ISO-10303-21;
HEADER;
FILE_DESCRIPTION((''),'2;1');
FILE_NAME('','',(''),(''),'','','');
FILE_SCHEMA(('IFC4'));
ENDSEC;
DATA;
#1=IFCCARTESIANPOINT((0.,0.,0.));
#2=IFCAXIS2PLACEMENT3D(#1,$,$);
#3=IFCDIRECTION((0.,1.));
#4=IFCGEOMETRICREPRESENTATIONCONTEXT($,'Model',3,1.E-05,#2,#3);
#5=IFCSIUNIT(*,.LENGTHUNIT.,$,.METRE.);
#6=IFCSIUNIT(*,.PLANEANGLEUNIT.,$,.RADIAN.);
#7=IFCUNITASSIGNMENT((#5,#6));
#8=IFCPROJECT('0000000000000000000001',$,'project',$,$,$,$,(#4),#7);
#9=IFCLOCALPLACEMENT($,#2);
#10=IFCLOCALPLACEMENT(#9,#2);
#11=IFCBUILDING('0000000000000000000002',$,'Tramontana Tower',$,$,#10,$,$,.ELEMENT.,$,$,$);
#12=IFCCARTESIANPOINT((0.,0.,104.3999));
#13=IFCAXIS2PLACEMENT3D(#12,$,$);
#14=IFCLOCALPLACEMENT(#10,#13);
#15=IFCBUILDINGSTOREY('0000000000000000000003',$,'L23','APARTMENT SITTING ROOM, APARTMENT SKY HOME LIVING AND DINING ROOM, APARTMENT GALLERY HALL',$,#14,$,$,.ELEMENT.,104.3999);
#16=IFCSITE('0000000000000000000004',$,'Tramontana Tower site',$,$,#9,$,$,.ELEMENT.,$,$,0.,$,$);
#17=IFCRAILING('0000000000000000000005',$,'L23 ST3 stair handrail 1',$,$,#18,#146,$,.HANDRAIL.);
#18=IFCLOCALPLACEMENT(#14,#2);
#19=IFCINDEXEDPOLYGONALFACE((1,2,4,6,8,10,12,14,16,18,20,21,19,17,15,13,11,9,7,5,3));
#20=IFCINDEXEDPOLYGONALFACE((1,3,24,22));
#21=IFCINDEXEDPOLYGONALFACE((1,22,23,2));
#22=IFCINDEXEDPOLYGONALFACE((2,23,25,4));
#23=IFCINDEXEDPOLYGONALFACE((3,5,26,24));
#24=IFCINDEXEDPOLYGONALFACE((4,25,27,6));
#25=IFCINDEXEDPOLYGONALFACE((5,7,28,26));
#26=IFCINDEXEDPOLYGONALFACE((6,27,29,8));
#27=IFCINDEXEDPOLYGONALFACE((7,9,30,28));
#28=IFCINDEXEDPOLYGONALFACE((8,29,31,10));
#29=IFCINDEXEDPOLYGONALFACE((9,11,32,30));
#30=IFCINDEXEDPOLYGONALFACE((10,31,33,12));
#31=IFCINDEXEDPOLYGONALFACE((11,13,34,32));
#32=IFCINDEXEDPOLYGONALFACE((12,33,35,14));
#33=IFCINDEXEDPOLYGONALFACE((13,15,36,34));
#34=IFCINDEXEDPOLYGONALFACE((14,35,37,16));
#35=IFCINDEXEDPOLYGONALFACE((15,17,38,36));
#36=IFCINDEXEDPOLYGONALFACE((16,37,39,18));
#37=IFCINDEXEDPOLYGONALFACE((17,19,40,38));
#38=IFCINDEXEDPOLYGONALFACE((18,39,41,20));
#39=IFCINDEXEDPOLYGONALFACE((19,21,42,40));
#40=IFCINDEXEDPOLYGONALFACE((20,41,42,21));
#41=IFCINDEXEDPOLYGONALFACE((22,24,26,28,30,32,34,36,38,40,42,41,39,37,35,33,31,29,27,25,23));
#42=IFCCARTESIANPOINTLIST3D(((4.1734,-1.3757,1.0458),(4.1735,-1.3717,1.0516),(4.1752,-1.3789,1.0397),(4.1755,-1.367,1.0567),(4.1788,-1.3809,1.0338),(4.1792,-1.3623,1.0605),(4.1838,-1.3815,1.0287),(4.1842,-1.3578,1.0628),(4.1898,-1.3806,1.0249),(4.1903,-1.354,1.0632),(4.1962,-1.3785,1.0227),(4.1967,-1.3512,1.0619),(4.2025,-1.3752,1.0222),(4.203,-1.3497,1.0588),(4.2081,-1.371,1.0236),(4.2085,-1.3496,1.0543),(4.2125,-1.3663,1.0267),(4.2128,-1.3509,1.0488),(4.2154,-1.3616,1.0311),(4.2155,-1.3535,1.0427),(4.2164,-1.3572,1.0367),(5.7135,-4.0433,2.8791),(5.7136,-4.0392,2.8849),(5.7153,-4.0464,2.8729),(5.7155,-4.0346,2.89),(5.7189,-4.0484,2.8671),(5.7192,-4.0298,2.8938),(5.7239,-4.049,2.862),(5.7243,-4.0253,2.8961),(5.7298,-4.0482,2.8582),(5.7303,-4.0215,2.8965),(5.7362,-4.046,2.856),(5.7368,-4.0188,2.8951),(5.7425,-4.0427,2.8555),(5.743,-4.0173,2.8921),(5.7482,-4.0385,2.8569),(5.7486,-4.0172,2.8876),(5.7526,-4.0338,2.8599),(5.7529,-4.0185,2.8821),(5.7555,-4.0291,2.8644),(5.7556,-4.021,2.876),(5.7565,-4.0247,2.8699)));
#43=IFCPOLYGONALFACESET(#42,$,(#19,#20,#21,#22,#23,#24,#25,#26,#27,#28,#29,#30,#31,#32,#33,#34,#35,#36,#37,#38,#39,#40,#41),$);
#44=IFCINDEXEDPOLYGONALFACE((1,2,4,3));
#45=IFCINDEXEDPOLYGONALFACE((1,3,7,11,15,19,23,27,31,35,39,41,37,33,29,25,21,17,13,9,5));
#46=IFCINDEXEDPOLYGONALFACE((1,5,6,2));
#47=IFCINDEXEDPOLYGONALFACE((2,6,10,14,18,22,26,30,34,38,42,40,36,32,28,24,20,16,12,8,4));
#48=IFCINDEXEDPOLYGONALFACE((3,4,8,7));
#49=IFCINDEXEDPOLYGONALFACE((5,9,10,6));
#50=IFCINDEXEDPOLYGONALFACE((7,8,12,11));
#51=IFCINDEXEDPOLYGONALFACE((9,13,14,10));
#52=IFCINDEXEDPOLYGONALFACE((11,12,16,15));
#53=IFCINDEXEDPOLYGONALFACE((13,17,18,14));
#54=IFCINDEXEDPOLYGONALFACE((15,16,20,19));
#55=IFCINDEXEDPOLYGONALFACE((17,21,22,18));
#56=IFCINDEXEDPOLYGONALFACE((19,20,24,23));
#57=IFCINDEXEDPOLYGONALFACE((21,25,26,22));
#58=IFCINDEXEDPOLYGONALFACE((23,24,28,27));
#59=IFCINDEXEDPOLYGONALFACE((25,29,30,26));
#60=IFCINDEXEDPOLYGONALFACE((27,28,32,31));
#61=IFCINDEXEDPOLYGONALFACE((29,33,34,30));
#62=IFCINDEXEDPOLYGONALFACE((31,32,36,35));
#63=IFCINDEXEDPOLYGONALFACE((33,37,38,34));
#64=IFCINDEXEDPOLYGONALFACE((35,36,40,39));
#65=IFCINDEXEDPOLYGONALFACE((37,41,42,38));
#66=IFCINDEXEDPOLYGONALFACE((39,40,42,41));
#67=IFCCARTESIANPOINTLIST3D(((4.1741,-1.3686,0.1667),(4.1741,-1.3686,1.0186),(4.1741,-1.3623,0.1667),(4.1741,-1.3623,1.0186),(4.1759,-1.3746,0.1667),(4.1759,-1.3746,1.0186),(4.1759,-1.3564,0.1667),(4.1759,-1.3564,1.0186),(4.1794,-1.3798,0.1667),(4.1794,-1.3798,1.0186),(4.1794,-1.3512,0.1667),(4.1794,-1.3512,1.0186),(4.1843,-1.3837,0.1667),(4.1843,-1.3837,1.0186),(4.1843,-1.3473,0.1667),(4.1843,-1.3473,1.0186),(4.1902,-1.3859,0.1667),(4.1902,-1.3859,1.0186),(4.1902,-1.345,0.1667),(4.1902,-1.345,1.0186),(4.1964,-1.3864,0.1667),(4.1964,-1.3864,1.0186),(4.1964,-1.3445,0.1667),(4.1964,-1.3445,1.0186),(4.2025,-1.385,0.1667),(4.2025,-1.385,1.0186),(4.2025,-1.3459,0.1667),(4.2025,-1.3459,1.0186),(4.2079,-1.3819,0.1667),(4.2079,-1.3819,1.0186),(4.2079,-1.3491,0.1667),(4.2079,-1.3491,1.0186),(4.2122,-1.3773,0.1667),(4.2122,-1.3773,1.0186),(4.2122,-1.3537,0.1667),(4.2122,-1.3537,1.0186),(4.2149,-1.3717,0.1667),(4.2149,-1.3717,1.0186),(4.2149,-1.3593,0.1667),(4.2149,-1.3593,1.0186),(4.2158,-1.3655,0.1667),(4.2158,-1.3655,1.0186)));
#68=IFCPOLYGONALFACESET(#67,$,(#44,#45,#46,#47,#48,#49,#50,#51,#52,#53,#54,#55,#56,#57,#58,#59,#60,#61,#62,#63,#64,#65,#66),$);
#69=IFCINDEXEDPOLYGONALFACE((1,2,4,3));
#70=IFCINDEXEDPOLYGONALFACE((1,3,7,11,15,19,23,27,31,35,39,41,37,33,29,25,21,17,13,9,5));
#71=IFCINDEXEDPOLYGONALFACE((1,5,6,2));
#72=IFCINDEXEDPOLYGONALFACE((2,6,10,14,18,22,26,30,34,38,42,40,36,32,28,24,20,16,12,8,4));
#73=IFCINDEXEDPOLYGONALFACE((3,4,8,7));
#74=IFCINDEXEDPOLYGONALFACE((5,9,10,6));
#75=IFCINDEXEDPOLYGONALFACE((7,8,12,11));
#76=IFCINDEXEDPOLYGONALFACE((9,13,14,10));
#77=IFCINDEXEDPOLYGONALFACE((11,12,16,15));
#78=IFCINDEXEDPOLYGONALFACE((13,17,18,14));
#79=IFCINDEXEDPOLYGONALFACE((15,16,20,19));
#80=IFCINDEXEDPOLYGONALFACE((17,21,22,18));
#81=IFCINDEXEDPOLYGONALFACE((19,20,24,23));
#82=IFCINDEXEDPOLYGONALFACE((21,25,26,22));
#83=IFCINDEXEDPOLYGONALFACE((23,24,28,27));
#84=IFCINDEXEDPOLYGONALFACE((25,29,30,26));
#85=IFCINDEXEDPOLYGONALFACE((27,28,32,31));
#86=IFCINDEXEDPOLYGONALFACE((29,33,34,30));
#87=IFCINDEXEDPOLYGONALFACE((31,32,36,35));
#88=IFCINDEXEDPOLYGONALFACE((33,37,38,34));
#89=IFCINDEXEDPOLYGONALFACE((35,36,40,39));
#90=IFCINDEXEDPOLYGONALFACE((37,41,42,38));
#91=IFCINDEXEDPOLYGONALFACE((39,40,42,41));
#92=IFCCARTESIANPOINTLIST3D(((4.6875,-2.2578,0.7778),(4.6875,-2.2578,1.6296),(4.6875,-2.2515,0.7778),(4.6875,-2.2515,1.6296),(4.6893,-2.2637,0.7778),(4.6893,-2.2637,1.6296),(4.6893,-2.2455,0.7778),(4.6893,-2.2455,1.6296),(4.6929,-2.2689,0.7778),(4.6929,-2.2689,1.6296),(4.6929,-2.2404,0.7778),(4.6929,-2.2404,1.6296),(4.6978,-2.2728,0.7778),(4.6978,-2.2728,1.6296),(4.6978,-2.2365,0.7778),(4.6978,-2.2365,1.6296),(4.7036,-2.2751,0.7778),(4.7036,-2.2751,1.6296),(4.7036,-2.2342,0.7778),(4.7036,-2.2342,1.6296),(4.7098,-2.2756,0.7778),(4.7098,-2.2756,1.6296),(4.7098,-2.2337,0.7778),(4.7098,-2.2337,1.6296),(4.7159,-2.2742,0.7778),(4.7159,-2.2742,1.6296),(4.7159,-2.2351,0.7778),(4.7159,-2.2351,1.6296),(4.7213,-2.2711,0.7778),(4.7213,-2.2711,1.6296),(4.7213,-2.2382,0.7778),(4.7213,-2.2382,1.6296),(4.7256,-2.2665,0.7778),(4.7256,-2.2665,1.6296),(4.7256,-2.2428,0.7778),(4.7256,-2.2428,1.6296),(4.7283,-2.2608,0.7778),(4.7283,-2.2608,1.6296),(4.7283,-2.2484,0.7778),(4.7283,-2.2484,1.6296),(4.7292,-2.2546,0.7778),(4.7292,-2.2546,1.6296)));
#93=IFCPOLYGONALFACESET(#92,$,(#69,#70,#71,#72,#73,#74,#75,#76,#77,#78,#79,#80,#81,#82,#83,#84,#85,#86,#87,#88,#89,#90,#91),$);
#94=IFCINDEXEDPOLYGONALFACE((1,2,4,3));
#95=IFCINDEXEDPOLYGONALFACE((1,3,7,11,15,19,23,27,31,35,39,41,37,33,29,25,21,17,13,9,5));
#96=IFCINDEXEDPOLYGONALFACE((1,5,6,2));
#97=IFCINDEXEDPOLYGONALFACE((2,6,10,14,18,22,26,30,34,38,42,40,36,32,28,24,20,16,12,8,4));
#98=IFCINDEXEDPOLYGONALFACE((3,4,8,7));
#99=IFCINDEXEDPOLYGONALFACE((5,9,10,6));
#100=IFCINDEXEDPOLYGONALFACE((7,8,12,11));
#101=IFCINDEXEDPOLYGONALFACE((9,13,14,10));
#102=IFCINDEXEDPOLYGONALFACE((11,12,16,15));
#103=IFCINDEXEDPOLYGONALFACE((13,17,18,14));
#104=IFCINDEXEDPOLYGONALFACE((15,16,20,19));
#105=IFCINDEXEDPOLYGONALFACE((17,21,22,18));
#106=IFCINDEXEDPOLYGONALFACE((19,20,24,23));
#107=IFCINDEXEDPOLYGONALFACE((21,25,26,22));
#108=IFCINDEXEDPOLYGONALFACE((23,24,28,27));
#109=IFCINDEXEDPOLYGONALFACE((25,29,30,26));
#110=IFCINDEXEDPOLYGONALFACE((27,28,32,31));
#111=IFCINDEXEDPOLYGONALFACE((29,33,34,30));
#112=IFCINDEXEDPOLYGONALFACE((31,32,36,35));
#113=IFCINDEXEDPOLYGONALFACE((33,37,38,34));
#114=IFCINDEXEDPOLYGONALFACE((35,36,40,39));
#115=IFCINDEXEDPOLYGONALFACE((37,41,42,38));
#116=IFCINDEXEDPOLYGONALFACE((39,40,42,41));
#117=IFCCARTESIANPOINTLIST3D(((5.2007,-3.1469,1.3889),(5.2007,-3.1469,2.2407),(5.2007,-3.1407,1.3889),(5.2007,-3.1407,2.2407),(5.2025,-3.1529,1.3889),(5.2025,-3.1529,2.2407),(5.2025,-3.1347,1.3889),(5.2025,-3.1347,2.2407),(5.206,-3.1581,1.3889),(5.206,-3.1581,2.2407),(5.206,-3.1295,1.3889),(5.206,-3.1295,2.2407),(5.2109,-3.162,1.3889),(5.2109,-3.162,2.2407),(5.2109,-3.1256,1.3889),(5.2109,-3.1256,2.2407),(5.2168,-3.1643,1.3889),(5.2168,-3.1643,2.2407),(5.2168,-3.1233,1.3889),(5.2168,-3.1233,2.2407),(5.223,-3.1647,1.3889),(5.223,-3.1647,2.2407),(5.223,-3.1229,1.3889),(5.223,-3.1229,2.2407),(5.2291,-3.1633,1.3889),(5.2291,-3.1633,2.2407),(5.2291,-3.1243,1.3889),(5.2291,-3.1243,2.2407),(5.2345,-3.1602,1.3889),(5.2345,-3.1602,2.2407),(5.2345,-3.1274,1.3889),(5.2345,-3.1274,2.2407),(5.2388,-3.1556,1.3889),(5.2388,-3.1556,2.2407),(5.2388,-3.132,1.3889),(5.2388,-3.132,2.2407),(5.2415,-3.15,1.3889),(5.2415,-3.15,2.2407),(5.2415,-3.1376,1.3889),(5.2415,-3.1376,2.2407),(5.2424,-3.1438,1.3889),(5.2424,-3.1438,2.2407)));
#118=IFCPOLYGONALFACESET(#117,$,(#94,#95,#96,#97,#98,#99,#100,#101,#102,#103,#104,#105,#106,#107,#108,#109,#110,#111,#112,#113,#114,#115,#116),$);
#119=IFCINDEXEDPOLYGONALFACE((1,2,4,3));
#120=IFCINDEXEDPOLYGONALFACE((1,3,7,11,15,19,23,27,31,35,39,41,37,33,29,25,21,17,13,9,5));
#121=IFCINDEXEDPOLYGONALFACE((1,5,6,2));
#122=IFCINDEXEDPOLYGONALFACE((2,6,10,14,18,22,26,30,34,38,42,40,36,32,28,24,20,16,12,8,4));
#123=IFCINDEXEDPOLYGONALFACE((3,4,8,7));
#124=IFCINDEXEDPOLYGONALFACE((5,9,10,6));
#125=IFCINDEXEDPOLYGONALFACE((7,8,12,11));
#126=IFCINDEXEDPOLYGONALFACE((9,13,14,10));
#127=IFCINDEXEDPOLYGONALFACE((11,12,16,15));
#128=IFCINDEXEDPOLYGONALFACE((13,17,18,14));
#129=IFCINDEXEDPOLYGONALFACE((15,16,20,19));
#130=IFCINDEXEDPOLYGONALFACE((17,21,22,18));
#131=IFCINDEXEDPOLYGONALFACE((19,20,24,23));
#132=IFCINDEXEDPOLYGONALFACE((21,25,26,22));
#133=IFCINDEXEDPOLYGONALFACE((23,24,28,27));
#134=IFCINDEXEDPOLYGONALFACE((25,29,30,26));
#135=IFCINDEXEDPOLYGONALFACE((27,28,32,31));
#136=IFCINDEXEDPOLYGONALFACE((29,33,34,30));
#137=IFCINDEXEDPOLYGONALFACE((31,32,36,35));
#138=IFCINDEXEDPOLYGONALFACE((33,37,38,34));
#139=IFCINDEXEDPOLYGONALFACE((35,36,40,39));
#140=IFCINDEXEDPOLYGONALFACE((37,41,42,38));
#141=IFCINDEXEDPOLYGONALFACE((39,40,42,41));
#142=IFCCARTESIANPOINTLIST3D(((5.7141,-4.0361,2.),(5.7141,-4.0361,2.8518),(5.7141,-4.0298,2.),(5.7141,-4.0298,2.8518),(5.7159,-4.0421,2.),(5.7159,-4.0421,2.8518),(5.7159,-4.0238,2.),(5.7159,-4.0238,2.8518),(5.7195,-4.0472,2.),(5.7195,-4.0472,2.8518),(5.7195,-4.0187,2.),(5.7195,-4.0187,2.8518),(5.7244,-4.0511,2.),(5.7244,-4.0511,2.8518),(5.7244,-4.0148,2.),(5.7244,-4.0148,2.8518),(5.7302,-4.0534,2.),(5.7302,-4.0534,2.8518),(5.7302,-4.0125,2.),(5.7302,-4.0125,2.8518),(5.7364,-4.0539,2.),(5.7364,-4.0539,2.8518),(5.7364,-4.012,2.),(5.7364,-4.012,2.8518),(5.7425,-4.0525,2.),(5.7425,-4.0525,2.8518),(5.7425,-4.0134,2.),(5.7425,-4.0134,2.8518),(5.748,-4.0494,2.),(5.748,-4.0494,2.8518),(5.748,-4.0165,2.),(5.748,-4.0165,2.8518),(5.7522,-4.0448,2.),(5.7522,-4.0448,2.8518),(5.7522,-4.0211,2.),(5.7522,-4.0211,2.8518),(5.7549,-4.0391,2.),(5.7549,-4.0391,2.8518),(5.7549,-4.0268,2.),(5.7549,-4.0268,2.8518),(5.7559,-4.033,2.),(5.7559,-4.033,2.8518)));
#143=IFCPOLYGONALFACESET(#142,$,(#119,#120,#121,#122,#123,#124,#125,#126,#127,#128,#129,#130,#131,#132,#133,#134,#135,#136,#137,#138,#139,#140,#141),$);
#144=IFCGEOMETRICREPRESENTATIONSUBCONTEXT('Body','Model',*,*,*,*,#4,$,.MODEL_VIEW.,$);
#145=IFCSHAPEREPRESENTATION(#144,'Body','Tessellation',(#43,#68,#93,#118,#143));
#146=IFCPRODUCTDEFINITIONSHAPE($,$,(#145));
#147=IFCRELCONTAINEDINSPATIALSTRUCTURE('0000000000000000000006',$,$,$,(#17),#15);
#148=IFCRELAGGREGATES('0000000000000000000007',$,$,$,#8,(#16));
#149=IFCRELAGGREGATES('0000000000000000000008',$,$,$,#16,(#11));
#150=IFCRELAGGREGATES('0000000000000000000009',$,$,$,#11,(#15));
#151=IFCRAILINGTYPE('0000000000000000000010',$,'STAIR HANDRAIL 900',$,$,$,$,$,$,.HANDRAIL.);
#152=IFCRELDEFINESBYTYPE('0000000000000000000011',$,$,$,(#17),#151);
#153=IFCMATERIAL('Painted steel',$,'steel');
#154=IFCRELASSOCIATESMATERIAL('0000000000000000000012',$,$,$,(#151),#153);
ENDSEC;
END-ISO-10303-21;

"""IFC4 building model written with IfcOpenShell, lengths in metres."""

from ifc_helpers import new_model, si_unit, direction, frame, origin, origin_2d, place, context, subcontext, project, spatial, circle, extrude, material, type_object, element, save


model = new_model("IFC4")

# Units and contexts
model_context = context("Model", 3, precision=1e-05, world=origin(), true_north=direction((0.0, 1.0)))
body_context = subcontext(model_context, "Body", "Model", "MODEL_VIEW")
ifc_project = project(units=[si_unit("LENGTHUNIT", "METRE"), si_unit("PLANEANGLEUNIT", "RADIAN")], contexts=[model_context])

# Site, building, storey
site_placement = place(None, origin())
site = spatial("IfcSite", under=ifc_project, at=site_placement, Name="Tramontana Tower site", CompositionType="ELEMENT", RefElevation=0.0)
building_placement = place(site_placement, origin())
building = spatial("IfcBuilding", under=site, at=building_placement, Name="Tramontana Tower", CompositionType="ELEMENT")
storey_placement = place(building_placement, frame((0.0, 0.0, 104.3999)))
storey = spatial("IfcBuildingStorey", under=building, at=storey_placement, Name="L23", Description="APARTMENT SITTING ROOM, APARTMENT SKY HOME LIVING AND DINING ROOM, APARTMENT GALLERY HALL", CompositionType="ELEMENT", Elevation=104.3999)

# Railing
ifc_material_1 = material(Name="Painted steel", Category="steel")
railing_type_1 = type_object("IfcRailingType", Name="STAIR HANDRAIL 900", PredefinedType="HANDRAIL", material=ifc_material_1)
railing_1_placement = place(storey_placement, frame((4.1948, -1.3655, 0.1667)))
element("IfcRailing", 1, at=railing_1_placement, inside=storey, type_object=railing_type_1, Name="L23 ST3 stair handrail 1", PredefinedType="HANDRAIL", context=body_context, shape_type="SweptSolid", body=[
    extrude(circle(Radius=0.0239, at=origin_2d()), frame((0.0, 0.0, 0.876), z_axis=(0.429649, -0.74419, 0.511452), x_axis=(0.86603, 0.499992, 0.0)), (0.0, 0.0, 1.0), 3.5845),
    extrude(circle(Radius=0.021, at=origin_2d()), origin(), (0.0, 0.0, 1.0), 0.8518),
    extrude(circle(Radius=0.021, at=origin_2d()), frame((0.5134, -0.8892, 0.6111)), (0.0, 0.0, 1.0), 0.8518),
    extrude(circle(Radius=0.021, at=origin_2d()), frame((1.0266, -1.7783, 1.2222)), (0.0, 0.0, 1.0), 0.8518),
    extrude(circle(Radius=0.021, at=origin_2d()), frame((1.54, -2.6675, 1.8333)), (0.0, 0.0, 1.0), 0.8518),
])

save(model, "model.ifc")
